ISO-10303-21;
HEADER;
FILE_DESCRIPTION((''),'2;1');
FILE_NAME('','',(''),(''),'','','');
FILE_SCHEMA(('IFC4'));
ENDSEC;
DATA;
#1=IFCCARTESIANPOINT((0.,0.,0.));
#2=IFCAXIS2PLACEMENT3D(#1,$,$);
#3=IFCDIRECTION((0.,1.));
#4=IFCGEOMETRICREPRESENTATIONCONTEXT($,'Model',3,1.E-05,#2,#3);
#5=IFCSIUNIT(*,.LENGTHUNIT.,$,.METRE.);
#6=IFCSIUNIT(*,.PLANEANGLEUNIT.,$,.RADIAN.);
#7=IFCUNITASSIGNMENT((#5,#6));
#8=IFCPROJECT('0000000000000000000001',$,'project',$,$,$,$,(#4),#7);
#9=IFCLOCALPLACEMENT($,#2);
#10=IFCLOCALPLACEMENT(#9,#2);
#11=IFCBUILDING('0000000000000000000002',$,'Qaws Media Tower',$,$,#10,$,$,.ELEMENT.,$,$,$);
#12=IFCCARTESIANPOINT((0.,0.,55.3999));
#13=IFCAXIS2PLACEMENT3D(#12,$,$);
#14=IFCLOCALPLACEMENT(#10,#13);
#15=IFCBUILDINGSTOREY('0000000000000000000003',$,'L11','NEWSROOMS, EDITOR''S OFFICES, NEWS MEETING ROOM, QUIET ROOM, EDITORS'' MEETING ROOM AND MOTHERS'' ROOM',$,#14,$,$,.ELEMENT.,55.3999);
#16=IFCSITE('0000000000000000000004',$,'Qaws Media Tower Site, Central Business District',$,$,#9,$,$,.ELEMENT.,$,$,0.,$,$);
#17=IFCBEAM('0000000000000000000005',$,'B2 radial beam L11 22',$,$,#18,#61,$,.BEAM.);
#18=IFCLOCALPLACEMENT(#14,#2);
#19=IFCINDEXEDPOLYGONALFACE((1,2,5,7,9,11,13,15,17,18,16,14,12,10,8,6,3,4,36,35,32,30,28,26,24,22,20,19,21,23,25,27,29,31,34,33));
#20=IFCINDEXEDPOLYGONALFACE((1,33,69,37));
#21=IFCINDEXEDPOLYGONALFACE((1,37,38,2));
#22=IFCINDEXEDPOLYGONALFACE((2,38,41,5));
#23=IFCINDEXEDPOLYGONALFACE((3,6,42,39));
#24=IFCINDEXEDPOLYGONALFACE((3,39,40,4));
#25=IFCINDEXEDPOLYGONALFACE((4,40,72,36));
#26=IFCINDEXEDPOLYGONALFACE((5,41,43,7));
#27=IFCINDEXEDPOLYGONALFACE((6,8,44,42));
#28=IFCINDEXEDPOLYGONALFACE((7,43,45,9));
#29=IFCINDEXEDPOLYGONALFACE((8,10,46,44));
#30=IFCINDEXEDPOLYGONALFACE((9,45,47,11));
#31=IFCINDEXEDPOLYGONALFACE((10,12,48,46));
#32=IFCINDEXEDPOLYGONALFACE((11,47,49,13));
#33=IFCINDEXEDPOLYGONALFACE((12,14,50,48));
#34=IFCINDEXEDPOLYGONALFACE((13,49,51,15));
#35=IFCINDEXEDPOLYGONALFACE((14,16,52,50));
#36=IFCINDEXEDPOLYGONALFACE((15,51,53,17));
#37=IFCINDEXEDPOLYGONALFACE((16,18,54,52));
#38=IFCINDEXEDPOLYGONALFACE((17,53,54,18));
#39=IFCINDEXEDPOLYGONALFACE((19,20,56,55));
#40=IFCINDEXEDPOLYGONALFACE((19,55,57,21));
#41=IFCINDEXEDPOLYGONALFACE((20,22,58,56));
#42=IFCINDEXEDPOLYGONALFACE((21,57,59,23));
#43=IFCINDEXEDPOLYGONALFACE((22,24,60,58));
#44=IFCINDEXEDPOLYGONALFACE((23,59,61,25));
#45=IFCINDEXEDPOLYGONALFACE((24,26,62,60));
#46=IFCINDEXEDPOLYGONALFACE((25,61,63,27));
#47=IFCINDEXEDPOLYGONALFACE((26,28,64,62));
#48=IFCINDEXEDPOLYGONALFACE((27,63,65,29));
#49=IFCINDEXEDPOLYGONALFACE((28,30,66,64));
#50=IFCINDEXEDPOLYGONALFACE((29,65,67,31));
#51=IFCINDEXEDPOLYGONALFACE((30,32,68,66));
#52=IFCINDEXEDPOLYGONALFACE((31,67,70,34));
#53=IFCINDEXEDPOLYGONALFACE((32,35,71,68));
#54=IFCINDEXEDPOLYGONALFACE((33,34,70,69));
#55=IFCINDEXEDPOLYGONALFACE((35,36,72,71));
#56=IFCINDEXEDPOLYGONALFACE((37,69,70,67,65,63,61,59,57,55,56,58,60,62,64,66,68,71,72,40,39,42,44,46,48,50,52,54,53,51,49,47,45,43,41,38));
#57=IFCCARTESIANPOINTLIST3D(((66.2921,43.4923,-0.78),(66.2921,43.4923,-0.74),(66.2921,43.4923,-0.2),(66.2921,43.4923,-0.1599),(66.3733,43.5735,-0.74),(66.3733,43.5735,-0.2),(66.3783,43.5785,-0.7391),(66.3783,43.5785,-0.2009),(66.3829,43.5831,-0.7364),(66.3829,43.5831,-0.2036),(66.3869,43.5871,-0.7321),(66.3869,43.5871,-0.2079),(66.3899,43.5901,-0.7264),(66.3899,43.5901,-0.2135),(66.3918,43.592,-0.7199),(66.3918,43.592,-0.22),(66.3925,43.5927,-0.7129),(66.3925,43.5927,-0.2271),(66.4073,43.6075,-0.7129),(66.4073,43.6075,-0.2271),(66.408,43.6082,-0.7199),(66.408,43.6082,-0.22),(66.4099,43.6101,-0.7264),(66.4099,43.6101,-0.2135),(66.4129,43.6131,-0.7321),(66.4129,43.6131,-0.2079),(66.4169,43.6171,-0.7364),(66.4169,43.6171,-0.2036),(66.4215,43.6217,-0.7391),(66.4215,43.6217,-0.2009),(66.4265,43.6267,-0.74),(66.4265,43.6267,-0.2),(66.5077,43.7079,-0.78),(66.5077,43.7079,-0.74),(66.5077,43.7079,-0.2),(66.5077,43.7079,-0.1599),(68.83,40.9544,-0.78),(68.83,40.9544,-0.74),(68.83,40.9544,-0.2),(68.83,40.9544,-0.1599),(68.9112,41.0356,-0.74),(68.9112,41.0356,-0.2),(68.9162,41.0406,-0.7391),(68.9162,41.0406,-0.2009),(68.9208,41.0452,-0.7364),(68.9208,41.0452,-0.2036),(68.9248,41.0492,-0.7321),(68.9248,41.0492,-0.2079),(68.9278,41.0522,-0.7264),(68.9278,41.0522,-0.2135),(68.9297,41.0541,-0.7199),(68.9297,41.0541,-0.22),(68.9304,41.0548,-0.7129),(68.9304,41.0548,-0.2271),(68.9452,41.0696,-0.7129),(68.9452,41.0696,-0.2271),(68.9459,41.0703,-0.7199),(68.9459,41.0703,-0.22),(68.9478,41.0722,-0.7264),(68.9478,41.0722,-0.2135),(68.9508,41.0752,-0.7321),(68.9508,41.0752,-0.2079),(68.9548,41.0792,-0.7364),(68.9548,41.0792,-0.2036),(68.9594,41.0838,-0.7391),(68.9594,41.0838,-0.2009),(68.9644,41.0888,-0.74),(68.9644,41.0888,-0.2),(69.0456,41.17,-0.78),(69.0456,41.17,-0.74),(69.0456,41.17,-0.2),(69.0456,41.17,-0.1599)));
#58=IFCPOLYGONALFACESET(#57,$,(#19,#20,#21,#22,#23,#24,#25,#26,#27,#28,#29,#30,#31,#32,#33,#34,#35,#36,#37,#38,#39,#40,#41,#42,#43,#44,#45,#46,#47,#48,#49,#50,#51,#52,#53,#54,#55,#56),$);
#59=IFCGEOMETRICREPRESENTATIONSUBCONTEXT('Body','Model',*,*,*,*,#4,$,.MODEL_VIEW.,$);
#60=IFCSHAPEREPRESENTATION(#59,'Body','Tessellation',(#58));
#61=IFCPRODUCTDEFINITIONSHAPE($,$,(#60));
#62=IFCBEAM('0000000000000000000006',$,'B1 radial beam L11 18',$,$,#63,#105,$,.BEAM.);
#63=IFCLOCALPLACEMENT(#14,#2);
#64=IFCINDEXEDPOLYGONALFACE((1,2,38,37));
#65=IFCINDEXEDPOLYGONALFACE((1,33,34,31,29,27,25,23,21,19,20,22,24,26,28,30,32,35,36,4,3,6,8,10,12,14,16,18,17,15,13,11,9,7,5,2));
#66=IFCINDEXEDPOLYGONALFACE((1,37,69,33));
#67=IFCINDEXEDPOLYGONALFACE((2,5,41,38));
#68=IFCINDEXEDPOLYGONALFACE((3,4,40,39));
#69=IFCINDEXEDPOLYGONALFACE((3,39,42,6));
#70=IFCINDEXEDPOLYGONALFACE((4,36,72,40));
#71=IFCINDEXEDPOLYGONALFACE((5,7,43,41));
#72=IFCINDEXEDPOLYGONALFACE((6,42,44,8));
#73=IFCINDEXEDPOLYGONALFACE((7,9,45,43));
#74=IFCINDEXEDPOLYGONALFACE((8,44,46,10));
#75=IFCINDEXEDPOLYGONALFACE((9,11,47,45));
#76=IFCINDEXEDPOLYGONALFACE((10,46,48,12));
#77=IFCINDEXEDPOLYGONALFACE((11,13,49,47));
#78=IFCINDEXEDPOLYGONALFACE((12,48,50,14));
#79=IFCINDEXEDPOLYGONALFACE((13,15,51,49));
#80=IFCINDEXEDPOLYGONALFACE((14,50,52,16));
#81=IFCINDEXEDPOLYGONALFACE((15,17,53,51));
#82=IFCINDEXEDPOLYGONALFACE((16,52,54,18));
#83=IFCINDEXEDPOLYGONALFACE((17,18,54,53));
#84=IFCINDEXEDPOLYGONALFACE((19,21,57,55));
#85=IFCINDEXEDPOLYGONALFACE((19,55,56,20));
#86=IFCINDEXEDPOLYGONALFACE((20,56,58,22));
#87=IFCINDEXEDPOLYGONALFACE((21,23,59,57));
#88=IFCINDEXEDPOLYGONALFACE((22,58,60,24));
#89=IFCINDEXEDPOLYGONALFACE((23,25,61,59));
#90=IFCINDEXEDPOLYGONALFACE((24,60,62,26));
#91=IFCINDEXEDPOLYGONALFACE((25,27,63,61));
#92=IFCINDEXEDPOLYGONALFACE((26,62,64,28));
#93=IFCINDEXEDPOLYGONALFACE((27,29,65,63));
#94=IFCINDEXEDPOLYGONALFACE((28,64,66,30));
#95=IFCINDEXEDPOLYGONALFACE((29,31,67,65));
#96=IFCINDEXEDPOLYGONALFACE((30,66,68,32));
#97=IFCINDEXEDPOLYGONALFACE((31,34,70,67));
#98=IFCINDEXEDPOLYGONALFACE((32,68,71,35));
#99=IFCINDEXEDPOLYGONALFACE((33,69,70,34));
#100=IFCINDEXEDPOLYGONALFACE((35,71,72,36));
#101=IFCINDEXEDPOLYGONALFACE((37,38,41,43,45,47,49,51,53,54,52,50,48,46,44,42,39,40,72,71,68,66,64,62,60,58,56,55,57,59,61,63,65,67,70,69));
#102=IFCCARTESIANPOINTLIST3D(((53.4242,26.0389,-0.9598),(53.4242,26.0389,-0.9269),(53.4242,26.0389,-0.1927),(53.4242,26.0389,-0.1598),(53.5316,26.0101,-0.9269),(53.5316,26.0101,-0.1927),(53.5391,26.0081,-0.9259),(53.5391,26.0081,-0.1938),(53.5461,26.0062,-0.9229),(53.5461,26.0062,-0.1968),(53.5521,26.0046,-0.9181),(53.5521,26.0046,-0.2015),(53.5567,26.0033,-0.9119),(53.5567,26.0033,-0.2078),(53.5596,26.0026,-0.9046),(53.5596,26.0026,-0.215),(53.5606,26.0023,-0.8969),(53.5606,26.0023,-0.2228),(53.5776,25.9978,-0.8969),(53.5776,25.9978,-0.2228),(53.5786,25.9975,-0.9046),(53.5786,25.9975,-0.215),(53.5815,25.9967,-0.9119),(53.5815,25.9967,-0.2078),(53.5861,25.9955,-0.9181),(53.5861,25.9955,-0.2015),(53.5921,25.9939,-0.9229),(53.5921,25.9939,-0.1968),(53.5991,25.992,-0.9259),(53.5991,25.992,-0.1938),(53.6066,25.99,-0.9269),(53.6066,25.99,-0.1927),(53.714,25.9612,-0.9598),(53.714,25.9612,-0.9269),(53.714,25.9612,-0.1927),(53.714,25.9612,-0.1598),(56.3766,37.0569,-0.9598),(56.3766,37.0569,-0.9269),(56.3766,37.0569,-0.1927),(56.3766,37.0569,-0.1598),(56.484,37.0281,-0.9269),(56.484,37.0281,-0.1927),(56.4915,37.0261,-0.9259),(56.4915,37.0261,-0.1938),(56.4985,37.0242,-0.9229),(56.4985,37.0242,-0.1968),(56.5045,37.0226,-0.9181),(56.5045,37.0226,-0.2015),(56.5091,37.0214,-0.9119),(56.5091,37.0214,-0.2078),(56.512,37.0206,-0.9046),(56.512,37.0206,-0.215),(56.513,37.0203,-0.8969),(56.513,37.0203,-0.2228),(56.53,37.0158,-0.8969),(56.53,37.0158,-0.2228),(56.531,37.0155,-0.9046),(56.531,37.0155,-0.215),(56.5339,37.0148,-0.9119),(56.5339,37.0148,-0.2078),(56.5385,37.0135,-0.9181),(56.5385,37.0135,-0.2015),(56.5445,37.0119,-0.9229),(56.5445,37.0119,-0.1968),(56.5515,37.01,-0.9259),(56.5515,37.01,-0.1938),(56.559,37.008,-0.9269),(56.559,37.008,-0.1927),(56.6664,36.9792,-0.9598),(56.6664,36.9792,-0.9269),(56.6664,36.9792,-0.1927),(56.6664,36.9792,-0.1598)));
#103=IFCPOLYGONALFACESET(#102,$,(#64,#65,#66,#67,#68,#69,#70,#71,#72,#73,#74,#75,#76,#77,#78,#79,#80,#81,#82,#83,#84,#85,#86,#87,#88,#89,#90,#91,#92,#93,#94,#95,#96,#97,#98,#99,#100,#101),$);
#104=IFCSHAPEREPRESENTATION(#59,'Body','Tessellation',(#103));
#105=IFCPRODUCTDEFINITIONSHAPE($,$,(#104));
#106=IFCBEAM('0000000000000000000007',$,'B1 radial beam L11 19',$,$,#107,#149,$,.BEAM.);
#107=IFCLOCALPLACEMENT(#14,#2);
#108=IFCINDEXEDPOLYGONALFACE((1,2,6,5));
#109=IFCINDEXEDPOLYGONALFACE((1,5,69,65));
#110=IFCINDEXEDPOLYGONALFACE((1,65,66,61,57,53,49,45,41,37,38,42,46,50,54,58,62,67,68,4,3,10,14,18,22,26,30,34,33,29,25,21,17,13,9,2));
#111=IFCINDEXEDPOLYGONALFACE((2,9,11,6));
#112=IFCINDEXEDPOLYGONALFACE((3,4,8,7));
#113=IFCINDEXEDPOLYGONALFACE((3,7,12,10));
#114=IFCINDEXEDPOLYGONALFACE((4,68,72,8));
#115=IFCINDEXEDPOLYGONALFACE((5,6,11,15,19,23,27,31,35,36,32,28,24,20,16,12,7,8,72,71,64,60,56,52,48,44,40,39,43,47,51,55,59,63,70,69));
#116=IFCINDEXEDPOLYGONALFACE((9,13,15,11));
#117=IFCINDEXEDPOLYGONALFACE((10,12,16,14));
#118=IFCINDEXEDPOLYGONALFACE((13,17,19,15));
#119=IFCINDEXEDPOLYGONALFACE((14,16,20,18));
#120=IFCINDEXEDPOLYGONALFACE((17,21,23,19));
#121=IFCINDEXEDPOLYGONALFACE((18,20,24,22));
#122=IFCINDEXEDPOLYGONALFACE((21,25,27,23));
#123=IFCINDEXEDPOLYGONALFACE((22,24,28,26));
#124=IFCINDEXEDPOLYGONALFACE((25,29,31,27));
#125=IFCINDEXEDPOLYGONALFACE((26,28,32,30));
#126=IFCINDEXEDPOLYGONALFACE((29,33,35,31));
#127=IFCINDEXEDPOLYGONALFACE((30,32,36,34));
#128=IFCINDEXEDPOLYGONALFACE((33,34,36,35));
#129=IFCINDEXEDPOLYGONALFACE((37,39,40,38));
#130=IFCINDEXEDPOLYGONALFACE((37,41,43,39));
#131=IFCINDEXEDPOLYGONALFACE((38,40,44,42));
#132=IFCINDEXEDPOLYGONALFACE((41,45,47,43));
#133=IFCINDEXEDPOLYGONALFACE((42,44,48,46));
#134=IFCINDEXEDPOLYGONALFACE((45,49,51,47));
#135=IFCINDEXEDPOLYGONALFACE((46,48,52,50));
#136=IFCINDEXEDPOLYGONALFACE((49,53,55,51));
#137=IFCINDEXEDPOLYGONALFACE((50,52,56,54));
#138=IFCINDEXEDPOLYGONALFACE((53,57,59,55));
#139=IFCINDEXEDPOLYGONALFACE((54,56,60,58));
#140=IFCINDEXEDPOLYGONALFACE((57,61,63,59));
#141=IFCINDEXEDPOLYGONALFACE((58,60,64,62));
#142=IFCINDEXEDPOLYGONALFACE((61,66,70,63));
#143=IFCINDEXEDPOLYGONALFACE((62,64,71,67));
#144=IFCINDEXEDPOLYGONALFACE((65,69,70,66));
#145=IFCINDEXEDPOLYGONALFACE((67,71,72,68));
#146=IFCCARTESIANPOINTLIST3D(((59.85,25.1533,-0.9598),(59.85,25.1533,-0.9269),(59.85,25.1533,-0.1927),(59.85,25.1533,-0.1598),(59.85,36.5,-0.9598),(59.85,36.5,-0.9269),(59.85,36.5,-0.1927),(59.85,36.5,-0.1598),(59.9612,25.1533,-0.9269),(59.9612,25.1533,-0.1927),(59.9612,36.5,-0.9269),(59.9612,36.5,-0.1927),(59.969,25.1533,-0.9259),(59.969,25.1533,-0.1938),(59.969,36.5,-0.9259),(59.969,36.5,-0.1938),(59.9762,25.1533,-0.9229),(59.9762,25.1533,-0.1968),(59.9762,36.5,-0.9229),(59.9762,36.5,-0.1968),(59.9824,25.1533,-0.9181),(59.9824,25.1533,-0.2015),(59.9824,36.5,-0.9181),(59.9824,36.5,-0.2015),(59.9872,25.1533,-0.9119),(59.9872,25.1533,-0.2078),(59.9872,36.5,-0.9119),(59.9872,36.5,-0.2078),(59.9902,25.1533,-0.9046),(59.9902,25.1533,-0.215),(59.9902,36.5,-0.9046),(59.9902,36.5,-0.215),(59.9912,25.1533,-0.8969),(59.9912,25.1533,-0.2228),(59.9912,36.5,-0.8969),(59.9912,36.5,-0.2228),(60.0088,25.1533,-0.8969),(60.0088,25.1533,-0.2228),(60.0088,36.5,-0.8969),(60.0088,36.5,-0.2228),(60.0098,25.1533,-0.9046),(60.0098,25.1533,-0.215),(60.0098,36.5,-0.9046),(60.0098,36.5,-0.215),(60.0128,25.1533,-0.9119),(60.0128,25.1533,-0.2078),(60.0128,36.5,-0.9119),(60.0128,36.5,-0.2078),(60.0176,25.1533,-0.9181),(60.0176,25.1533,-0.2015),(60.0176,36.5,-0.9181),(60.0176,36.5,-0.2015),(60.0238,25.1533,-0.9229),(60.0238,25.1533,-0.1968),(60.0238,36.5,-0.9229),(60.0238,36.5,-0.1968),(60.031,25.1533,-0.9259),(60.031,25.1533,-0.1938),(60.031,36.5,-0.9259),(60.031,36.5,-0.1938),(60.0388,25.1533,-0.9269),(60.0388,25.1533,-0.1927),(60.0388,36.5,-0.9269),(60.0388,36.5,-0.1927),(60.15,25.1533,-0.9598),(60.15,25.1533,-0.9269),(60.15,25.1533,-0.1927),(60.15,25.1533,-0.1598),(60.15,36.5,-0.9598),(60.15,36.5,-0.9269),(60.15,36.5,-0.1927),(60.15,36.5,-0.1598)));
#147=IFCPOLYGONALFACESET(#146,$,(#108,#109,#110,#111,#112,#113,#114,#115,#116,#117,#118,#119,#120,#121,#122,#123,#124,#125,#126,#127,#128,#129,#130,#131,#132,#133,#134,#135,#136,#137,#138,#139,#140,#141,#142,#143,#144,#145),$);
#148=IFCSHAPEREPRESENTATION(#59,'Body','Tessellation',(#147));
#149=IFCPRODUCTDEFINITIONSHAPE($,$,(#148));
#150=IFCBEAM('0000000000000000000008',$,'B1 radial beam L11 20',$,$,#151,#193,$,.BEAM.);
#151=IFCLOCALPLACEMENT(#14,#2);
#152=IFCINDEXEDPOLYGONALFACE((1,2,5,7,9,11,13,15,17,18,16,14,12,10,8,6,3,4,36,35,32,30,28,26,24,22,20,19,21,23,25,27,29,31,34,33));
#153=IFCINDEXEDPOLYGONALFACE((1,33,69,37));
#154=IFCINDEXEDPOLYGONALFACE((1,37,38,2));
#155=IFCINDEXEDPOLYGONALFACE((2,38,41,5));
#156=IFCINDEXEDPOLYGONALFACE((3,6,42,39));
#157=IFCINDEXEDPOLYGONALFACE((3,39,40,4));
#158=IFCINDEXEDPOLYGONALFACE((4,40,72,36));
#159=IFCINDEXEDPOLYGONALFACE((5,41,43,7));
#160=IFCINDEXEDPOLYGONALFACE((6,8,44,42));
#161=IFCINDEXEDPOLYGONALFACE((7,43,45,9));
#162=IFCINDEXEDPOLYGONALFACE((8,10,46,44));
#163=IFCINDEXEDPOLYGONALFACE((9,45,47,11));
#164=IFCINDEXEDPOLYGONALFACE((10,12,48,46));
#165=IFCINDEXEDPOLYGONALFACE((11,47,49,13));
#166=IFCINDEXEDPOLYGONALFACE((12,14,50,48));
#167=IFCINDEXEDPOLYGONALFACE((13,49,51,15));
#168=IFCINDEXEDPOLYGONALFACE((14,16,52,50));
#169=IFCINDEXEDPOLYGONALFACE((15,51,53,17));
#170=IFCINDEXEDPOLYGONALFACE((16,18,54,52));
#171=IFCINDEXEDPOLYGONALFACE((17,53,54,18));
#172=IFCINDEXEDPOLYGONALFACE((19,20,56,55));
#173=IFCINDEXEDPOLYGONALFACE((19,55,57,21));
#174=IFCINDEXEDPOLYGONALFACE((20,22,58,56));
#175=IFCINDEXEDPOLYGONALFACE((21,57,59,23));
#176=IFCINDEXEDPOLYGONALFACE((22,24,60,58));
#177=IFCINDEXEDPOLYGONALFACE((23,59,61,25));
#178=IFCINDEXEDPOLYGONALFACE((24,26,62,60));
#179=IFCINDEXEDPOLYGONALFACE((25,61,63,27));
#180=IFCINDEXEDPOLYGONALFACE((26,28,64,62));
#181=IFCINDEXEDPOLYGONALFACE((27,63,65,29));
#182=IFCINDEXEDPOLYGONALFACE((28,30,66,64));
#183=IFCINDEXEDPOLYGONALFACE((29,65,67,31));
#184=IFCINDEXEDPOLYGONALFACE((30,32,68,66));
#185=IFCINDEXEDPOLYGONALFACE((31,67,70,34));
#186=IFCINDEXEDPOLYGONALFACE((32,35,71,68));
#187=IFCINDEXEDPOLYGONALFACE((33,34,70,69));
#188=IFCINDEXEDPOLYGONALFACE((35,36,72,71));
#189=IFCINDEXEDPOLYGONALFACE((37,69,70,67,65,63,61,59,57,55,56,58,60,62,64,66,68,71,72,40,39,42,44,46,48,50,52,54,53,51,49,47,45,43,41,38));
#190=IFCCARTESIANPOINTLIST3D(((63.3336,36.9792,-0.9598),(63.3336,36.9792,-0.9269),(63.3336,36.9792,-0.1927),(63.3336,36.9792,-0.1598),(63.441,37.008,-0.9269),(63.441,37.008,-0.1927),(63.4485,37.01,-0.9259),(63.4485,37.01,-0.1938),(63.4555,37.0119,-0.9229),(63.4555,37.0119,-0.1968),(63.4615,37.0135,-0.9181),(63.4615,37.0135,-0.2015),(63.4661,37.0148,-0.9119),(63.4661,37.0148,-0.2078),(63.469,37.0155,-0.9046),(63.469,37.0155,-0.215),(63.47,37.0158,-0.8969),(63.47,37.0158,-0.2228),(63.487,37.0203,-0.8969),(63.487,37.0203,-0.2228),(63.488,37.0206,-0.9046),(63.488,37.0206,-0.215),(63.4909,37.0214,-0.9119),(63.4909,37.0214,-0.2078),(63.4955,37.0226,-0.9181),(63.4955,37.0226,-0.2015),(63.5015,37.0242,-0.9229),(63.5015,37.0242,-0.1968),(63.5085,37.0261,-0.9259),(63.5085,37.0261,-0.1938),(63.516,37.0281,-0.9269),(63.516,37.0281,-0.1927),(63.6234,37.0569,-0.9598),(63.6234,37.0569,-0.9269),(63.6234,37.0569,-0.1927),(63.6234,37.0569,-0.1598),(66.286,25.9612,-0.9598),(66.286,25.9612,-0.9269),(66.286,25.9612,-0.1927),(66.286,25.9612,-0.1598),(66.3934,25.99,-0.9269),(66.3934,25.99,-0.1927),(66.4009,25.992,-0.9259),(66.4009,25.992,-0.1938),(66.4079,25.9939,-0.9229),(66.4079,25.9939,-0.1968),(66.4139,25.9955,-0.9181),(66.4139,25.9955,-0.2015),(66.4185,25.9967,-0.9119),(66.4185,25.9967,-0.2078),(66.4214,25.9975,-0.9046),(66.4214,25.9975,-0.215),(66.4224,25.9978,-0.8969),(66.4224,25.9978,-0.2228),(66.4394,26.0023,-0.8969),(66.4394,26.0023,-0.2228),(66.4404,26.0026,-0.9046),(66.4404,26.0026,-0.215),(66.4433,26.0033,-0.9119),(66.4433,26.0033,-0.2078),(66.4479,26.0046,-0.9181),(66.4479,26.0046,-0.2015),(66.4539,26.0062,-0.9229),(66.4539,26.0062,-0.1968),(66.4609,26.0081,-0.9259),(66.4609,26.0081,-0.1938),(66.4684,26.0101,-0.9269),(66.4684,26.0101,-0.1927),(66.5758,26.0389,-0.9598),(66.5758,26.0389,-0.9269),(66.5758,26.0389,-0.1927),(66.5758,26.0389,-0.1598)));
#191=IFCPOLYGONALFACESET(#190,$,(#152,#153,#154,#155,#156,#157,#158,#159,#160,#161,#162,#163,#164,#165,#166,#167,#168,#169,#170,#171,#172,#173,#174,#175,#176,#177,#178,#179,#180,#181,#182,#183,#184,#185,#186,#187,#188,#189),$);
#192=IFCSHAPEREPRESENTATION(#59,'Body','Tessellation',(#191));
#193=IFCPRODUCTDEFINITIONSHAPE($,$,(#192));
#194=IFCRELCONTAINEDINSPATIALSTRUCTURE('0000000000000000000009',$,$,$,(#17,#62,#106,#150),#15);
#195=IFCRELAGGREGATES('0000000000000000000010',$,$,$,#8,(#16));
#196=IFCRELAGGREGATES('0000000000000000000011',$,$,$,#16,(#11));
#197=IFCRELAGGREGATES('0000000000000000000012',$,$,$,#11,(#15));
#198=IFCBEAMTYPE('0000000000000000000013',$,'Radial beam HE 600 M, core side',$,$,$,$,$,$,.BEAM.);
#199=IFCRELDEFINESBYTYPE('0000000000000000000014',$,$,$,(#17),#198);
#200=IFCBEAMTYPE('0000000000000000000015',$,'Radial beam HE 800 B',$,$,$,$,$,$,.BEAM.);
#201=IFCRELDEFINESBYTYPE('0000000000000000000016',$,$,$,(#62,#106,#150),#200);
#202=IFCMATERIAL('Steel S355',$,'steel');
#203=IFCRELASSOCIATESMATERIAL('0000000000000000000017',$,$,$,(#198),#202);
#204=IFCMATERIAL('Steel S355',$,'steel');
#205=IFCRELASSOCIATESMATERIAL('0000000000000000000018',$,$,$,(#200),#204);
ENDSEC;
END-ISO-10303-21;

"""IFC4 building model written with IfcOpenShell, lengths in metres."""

from ifc_helpers import new_model, si_unit, direction, frame, origin, origin_2d, place, context, subcontext, project, spatial, i_section, extrude, material, material_profile, profile_set, type_object, element, save


model = new_model("IFC4")

# Units and contexts
model_context = context("Model", 3, precision=1e-05, world=origin(), true_north=direction((0.0, 1.0)))
body_context = subcontext(model_context, "Body", "Model", "MODEL_VIEW")
ifc_project = project(units=[si_unit("LENGTHUNIT", "METRE"), si_unit("PLANEANGLEUNIT", "RADIAN")], contexts=[model_context])

# Site, building, storey
site_placement = place(None, origin())
site = spatial("IfcSite", under=ifc_project, at=site_placement, Name="Qaws Media Tower Site, Central Business District", CompositionType="ELEMENT", RefElevation=0.0)
building_placement = place(site_placement, origin())
building = spatial("IfcBuilding", under=site, at=building_placement, Name="Qaws Media Tower", CompositionType="ELEMENT")
storey_placement = place(building_placement, frame((0.0, 0.0, 55.3999)))
storey = spatial("IfcBuildingStorey", under=building, at=storey_placement, Name="L11", Description="NEWSROOMS, EDITOR'S OFFICES, NEWS MEETING ROOM, QUIET ROOM, EDITORS' MEETING ROOM AND MOTHERS' ROOM", CompositionType="ELEMENT", Elevation=55.3999)

# Beams
ifc_material_1 = material(Name="Steel S355", Category="steel")
ifc_material_profile_1 = material_profile(ifc_material_1, i_section(OverallWidth=0.3049, OverallDepth=0.6201, WebThickness=0.021, FlangeThickness=0.04, FilletRadius=0.0271, at=origin_2d()), Name="HE 600 M")
ifc_profile_set_1 = profile_set([ifc_material_profile_1], Name="Steel S355")
beam_type_1 = type_object("IfcBeamType", Name="Radial beam HE 600 M, core side", PredefinedType="BEAM", material=ifc_profile_set_1)
beam_1_placement = place(storey_placement, frame((66.3999, 43.6001, -0.47), z_axis=(0.707107, -0.707107, 0.0), x_axis=(0.707107, 0.707107, 0.0)))
element("IfcBeam", 1, at=beam_1_placement, inside=storey, type_object=beam_type_1, Name="B2 radial beam L11 22", PredefinedType="BEAM", context=body_context, shape_type="SweptSolid", body=[
    extrude(i_section(OverallWidth=0.3049, OverallDepth=0.6201, WebThickness=0.021, FlangeThickness=0.04, FilletRadius=0.0271, at=origin_2d()), origin(), (0.0, 0.0, 1.0), 3.5891),
])
ifc_material_2 = material(Name="Steel S355", Category="steel")
ifc_material_profile_2 = material_profile(ifc_material_2, i_section(OverallWidth=0.3, OverallDepth=0.8, WebThickness=0.0176, FlangeThickness=0.033, FilletRadius=0.03, at=origin_2d()), Name="HE 800 B")
ifc_profile_set_2 = profile_set([ifc_material_profile_2], Name="Steel S355")
beam_type_2 = type_object("IfcBeamType", Name="Radial beam HE 800 B", PredefinedType="BEAM", material=ifc_profile_set_2)
beam_2_placement = place(storey_placement, frame((56.5215, 37.0181, -0.5598), z_axis=(-0.258828, -0.965923, 0.0), x_axis=(0.965923, -0.258828, 0.0)))
element("IfcBeam", 2, at=beam_2_placement, inside=storey, type_object=beam_type_2, Name="B1 radial beam L11 18", PredefinedType="BEAM", context=body_context, shape_type="SweptSolid", body=[
    extrude(i_section(OverallWidth=0.3, OverallDepth=0.8, WebThickness=0.0176, FlangeThickness=0.033, FilletRadius=0.03, at=origin_2d()), origin(), (0.0, 0.0, 1.0), 11.4067),
])
beam_3_placement = place(storey_placement, frame((60.0, 36.5, -0.5598), z_axis=(0.0, -1.0, 0.0), x_axis=(1.0, 0.0, 0.0)))
element("IfcBeam", 3, at=beam_3_placement, inside=storey, type_object=beam_type_2, Name="B1 radial beam L11 19", PredefinedType="BEAM", context=body_context, shape_type="SweptSolid", body=[
    extrude(i_section(OverallWidth=0.3, OverallDepth=0.8, WebThickness=0.0176, FlangeThickness=0.033, FilletRadius=0.03, at=origin_2d()), origin(), (0.0, 0.0, 1.0), 11.3467),
])
beam_4_placement = place(storey_placement, frame((63.4785, 37.0181, -0.5598), z_axis=(0.258828, -0.965923, 0.0), x_axis=(0.965923, 0.258828, 0.0)))
element("IfcBeam", 4, at=beam_4_placement, inside=storey, type_object=beam_type_2, Name="B1 radial beam L11 20", PredefinedType="BEAM", context=body_context, shape_type="SweptSolid", body=[
    extrude(i_section(OverallWidth=0.3, OverallDepth=0.8, WebThickness=0.0176, FlangeThickness=0.033, FilletRadius=0.03, at=origin_2d()), origin(), (0.0, 0.0, 1.0), 11.4067),
])

save(model, "model.ifc")
